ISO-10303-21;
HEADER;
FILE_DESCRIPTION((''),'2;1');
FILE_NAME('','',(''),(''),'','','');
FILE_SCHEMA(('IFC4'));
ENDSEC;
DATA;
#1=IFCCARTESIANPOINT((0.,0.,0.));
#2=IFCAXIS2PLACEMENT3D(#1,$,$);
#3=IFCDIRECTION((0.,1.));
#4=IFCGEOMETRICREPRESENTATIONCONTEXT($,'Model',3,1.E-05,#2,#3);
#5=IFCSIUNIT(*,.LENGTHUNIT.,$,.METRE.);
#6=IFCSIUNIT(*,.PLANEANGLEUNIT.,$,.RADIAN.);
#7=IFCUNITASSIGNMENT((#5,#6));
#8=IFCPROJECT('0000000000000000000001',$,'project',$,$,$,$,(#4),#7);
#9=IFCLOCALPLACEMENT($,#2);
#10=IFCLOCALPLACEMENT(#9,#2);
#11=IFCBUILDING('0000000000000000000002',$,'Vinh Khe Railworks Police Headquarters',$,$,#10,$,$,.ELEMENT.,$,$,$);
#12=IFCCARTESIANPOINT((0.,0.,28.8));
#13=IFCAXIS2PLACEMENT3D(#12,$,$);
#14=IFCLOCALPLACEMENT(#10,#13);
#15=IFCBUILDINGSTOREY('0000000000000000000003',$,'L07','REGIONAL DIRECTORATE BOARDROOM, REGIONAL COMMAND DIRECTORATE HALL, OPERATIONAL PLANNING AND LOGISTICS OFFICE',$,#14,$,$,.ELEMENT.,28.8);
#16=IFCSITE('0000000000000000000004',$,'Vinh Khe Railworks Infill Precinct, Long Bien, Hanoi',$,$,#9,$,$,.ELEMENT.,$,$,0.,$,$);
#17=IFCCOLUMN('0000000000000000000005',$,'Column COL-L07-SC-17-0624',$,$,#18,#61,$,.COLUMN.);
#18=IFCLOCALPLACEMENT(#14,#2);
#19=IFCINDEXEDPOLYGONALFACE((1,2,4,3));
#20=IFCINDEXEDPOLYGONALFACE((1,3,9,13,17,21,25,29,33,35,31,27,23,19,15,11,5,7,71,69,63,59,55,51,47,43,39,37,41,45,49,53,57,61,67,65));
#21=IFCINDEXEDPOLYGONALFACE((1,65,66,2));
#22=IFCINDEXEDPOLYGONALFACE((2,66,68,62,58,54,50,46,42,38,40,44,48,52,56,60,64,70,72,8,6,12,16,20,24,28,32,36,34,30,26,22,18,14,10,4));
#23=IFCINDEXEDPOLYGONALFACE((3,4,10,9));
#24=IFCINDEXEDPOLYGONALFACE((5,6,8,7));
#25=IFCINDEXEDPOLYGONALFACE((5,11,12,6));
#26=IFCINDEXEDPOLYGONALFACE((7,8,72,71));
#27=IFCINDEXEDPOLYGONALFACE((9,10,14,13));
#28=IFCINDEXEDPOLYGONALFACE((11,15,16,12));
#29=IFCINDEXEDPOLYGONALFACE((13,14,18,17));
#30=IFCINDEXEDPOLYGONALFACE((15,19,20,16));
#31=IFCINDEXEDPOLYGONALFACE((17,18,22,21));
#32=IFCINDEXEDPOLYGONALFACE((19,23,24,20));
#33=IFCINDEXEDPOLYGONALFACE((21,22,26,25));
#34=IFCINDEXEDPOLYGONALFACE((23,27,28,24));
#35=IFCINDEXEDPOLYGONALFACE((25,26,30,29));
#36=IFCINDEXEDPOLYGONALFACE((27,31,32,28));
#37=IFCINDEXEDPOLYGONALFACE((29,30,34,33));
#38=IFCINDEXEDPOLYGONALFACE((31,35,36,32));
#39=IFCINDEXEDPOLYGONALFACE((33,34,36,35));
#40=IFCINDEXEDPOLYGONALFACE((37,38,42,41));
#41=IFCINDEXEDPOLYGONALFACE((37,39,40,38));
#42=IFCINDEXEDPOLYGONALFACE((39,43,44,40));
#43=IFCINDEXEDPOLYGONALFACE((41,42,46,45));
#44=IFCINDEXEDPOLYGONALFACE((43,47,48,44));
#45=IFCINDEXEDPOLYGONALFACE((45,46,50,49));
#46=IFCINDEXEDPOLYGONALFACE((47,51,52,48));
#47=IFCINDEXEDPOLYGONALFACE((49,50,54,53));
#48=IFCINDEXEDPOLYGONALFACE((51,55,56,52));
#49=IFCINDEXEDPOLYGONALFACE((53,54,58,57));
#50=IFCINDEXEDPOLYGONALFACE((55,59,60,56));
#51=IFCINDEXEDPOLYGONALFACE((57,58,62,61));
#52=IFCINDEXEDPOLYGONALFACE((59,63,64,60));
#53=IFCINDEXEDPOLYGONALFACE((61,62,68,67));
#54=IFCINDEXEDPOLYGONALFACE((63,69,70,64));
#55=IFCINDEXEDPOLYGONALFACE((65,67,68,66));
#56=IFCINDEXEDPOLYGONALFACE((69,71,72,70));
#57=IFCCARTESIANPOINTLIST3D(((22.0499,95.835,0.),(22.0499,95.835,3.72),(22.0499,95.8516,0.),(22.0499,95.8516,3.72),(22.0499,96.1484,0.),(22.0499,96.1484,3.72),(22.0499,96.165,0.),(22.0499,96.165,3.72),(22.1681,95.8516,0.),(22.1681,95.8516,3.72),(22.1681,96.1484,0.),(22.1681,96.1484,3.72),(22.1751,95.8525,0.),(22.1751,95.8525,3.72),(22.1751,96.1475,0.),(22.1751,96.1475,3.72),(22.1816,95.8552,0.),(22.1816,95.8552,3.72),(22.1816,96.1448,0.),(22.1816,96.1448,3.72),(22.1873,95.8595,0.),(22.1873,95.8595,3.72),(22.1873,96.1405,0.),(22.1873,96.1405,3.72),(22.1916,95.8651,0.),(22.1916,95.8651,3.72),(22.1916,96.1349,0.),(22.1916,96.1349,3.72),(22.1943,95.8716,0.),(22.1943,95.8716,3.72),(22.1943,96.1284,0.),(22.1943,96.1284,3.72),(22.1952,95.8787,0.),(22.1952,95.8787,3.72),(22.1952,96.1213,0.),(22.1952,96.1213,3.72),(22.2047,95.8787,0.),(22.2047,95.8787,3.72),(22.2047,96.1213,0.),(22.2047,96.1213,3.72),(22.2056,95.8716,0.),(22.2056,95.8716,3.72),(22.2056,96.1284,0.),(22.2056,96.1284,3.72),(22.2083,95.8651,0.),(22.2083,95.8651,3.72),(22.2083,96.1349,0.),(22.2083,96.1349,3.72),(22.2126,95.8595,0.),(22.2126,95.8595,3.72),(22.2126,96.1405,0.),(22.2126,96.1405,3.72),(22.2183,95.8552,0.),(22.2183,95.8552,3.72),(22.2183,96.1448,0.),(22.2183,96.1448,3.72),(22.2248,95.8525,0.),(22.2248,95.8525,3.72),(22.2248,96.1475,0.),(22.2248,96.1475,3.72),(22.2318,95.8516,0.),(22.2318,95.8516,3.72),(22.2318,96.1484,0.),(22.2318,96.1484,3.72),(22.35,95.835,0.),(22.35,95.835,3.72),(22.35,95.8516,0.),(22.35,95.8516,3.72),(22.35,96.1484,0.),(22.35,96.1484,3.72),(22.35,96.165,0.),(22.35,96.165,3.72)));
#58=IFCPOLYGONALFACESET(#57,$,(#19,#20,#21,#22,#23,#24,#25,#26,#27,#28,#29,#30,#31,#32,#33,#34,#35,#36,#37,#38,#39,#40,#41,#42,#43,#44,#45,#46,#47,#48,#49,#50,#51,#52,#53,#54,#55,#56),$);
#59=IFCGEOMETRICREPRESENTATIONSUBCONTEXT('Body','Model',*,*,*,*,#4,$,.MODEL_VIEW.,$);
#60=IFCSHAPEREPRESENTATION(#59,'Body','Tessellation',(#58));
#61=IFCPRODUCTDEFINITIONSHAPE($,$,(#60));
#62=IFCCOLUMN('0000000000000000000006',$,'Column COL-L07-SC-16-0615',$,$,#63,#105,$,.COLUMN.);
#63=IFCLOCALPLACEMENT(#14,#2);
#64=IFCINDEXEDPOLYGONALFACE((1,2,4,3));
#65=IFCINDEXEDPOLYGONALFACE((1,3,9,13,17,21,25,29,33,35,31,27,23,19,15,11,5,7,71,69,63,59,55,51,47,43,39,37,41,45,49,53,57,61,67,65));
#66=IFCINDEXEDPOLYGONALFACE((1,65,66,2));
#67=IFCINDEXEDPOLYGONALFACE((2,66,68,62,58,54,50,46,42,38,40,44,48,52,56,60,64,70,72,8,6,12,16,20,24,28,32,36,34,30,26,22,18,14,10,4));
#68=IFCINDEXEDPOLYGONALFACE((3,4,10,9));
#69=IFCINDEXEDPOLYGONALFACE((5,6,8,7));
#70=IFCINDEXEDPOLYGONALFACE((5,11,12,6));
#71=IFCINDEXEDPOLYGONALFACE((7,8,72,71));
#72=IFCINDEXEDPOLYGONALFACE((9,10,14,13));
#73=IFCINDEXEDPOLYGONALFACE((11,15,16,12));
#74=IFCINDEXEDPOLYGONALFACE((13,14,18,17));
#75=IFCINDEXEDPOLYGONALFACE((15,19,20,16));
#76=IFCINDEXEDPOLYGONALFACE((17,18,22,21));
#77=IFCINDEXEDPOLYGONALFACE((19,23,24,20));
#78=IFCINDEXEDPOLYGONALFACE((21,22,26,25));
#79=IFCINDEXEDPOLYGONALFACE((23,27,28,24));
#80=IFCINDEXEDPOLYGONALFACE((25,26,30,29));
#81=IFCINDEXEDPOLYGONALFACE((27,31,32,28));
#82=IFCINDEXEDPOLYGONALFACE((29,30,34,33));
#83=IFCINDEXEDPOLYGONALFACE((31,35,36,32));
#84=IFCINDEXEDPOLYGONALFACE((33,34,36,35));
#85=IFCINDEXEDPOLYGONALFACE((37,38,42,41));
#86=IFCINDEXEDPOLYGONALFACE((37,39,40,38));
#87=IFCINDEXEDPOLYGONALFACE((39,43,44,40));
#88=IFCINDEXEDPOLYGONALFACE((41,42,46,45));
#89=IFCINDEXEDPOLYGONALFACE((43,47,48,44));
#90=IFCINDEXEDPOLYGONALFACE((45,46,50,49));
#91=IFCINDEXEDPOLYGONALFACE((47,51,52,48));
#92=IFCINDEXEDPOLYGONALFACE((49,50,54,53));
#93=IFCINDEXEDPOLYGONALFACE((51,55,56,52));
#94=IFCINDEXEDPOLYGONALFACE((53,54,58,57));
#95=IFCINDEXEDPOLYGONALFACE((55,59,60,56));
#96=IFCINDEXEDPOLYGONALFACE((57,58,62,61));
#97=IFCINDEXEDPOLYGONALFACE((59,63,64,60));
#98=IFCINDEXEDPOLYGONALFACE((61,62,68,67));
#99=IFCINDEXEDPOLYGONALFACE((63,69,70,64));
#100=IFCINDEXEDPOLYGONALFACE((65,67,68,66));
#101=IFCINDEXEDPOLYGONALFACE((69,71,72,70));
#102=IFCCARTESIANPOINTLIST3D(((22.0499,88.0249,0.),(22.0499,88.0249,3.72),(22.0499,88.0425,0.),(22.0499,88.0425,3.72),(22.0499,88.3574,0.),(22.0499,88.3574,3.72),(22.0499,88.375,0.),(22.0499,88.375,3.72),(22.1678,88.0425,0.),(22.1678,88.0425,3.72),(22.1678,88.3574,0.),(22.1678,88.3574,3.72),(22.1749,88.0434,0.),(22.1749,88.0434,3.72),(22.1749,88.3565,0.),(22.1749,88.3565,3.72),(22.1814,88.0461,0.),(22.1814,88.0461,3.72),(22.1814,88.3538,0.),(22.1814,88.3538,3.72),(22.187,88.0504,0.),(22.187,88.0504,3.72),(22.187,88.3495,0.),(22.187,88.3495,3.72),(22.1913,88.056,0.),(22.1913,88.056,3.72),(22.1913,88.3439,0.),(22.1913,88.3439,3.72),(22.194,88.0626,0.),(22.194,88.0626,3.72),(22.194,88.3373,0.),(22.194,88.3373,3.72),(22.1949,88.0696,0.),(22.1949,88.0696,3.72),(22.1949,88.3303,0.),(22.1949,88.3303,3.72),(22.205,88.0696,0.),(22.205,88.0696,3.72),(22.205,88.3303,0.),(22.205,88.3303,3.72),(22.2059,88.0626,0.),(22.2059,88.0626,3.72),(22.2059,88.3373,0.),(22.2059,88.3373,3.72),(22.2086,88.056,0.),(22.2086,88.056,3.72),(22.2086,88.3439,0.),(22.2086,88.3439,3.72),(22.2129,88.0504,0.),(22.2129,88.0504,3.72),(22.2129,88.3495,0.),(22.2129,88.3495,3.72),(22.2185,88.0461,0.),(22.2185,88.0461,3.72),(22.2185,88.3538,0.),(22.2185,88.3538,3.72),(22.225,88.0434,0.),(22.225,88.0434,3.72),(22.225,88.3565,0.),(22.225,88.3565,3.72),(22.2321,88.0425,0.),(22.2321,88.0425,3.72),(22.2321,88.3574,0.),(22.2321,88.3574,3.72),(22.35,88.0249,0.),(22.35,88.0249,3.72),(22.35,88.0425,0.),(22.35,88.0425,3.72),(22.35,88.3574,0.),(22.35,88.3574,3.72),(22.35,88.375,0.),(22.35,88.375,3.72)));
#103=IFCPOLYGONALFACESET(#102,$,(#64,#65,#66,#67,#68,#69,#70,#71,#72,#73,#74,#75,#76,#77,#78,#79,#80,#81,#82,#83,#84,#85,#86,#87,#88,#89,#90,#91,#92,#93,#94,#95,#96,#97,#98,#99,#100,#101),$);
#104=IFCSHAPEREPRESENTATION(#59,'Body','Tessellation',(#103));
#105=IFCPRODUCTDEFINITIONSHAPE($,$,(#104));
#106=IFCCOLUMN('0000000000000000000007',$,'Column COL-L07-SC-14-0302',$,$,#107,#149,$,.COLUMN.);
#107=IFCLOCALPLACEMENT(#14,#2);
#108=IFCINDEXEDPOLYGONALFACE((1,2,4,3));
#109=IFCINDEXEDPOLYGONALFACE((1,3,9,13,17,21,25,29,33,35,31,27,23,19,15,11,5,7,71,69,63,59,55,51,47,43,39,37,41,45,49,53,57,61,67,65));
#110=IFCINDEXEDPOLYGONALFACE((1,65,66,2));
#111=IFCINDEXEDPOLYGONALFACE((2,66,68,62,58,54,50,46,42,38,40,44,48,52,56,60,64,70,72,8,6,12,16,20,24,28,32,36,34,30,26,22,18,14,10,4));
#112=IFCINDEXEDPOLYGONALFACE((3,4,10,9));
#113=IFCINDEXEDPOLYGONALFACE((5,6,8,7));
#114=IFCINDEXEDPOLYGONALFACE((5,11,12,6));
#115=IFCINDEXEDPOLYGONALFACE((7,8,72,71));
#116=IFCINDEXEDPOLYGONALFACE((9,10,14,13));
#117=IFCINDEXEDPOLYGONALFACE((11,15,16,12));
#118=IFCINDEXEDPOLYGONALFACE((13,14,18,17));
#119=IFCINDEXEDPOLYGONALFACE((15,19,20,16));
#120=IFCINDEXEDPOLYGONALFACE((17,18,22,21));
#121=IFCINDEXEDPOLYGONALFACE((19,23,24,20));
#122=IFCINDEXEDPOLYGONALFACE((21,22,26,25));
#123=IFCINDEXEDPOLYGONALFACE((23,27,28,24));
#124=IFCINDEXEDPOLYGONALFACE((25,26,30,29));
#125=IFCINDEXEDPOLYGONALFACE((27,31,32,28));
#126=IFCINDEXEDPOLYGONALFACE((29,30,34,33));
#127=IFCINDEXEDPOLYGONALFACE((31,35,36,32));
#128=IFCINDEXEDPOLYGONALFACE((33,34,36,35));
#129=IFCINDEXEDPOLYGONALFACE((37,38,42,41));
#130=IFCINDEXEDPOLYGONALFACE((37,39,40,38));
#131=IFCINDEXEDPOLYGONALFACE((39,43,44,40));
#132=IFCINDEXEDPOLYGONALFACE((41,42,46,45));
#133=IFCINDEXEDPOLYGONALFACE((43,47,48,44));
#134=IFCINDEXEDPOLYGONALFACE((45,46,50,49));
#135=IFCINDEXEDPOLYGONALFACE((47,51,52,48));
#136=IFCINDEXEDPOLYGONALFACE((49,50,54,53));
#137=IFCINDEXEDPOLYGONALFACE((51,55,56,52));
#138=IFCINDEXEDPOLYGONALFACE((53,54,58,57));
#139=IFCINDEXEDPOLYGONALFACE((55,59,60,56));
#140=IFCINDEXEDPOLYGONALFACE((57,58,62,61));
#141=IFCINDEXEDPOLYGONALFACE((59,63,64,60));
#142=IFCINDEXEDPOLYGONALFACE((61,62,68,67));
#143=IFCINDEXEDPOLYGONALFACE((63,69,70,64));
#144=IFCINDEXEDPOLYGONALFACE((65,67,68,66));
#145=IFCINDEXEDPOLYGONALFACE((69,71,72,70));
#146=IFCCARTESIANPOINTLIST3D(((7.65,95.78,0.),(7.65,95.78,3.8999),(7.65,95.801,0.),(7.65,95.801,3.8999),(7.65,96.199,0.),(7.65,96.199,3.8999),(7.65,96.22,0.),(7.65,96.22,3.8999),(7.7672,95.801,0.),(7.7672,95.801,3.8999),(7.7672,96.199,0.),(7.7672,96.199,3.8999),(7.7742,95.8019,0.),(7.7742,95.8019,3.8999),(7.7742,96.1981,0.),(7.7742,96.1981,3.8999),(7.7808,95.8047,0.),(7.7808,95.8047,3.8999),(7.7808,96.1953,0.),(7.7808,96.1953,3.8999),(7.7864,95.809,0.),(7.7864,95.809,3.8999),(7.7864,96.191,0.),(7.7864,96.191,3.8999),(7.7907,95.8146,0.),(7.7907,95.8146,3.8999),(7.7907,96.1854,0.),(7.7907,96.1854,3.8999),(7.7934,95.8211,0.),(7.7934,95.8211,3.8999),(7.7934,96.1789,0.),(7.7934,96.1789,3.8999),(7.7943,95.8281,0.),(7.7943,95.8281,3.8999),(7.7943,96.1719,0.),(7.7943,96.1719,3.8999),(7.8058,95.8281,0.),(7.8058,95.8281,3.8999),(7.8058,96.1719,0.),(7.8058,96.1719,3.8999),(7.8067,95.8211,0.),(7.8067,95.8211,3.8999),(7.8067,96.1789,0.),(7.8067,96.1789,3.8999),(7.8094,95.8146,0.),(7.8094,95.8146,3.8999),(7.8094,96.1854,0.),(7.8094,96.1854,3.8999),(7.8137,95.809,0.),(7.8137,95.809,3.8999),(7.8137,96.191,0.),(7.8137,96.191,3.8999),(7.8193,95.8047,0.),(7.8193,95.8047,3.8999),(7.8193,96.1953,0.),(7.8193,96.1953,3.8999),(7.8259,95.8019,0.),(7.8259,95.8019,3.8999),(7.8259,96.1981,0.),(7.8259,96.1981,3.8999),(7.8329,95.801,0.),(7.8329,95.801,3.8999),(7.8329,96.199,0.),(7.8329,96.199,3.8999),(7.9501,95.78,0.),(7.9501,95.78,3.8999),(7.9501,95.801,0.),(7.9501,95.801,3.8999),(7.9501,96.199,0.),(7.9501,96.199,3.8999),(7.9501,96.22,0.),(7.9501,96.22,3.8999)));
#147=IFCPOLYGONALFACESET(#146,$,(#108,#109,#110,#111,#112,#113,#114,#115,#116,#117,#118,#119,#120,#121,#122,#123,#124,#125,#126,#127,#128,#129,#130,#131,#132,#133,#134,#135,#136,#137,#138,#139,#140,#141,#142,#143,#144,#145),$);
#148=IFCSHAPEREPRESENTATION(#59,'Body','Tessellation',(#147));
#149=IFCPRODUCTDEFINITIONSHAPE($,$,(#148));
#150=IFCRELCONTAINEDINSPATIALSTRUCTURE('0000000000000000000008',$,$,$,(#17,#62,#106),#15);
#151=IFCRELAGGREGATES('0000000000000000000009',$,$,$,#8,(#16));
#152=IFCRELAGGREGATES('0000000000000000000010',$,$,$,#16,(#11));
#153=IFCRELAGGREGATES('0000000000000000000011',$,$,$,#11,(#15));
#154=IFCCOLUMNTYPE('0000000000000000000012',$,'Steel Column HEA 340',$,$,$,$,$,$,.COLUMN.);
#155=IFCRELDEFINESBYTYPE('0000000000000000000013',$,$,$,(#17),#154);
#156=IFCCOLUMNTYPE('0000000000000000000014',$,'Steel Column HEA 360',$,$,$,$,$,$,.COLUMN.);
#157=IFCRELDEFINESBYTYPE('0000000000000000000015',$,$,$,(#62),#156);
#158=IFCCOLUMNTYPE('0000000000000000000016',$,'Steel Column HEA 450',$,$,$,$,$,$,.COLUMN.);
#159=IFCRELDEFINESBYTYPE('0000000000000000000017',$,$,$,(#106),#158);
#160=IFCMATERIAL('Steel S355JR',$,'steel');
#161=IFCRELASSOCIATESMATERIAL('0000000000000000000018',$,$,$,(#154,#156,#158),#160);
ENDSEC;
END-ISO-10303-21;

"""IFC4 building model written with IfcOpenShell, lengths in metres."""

from ifc_helpers import new_model, si_unit, direction, frame, origin, origin_2d, place, context, subcontext, project, spatial, i_section, extrude, material, material_profile, profile_set, type_object, element, save


model = new_model("IFC4")

# Units and contexts
model_context = context("Model", 3, precision=1e-05, world=origin(), true_north=direction((0.0, 1.0)))
body_context = subcontext(model_context, "Body", "Model", "MODEL_VIEW")
ifc_project = project(units=[si_unit("LENGTHUNIT", "METRE"), si_unit("PLANEANGLEUNIT", "RADIAN")], contexts=[model_context])

# Site, building, storey
site_placement = place(None, origin())
site = spatial("IfcSite", under=ifc_project, at=site_placement, Name="Vinh Khe Railworks Infill Precinct, Long Bien, Hanoi", CompositionType="ELEMENT", RefElevation=0.0)
building_placement = place(site_placement, origin())
building = spatial("IfcBuilding", under=site, at=building_placement, Name="Vinh Khe Railworks Police Headquarters", CompositionType="ELEMENT")
storey_placement = place(building_placement, frame((0.0, 0.0, 28.8)))
storey = spatial("IfcBuildingStorey", under=building, at=storey_placement, Name="L07", Description="REGIONAL DIRECTORATE BOARDROOM, REGIONAL COMMAND DIRECTORATE HALL, OPERATIONAL PLANNING AND LOGISTICS OFFICE", CompositionType="ELEMENT", Elevation=28.8)

# Columns
ifc_material_1 = material(Name="Steel S355JR", Category="steel")
ifc_material_profile_1 = material_profile(ifc_material_1, i_section(OverallWidth=0.3, OverallDepth=0.3301, WebThickness=0.0095, FlangeThickness=0.0166, FilletRadius=0.0271, at=origin_2d()), Name="HEA 340")
ifc_profile_set_1 = profile_set([ifc_material_profile_1], Name="Steel S355JR")
column_type_1 = type_object("IfcColumnType", Name="Steel Column HEA 340", PredefinedType="COLUMN", material=ifc_profile_set_1)
column_1_placement = place(storey_placement, frame((22.2, 96.0, 0.0), z_axis=(0.0, 0.0, 1.0), x_axis=(1.0, 0.0, 0.0)))
element("IfcColumn", 1, at=column_1_placement, inside=storey, type_object=column_type_1, Name="Column COL-L07-SC-17-0624", PredefinedType="COLUMN", context=body_context, shape_type="SweptSolid", body=[
    extrude(i_section(OverallWidth=0.3, OverallDepth=0.3301, WebThickness=0.0095, FlangeThickness=0.0166, FilletRadius=0.0271, at=origin_2d()), origin(), (0.0, 0.0, 1.0), 3.72),
])
ifc_material_profile_2 = material_profile(ifc_material_1, i_section(OverallWidth=0.3, OverallDepth=0.3501, WebThickness=0.01, FlangeThickness=0.0176, FilletRadius=0.0271, at=origin_2d()), Name="HEA 360")
ifc_profile_set_2 = profile_set([ifc_material_profile_2], Name="Steel S355JR")
column_type_2 = type_object("IfcColumnType", Name="Steel Column HEA 360", PredefinedType="COLUMN", material=ifc_profile_set_2)
column_2_placement = place(storey_placement, frame((22.2, 88.2, 0.0), z_axis=(0.0, 0.0, 1.0), x_axis=(1.0, 0.0, 0.0)))
element("IfcColumn", 2, at=column_2_placement, inside=storey, type_object=column_type_2, Name="Column COL-L07-SC-16-0615", PredefinedType="COLUMN", context=body_context, shape_type="SweptSolid", body=[
    extrude(i_section(OverallWidth=0.3, OverallDepth=0.3501, WebThickness=0.01, FlangeThickness=0.0176, FilletRadius=0.0271, at=origin_2d()), origin(), (0.0, 0.0, 1.0), 3.72),
])
ifc_material_profile_3 = material_profile(ifc_material_1, i_section(OverallWidth=0.3, OverallDepth=0.4399, WebThickness=0.0115, FlangeThickness=0.021, FilletRadius=0.0271, at=origin_2d()), Name="HEA 450")
ifc_profile_set_3 = profile_set([ifc_material_profile_3], Name="Steel S355JR")
column_type_3 = type_object("IfcColumnType", Name="Steel Column HEA 450", PredefinedType="COLUMN", material=ifc_profile_set_3)
column_3_placement = place(storey_placement, frame((7.8, 96.0, 0.0), z_axis=(0.0, 0.0, 1.0), x_axis=(1.0, 0.0, 0.0)))
element("IfcColumn", 3, at=column_3_placement, inside=storey, type_object=column_type_3, Name="Column COL-L07-SC-14-0302", PredefinedType="COLUMN", context=body_context, shape_type="SweptSolid", body=[
    extrude(i_section(OverallWidth=0.3, OverallDepth=0.4399, WebThickness=0.0115, FlangeThickness=0.021, FilletRadius=0.0271, at=origin_2d()), origin(), (0.0, 0.0, 1.0), 3.8999),
])

save(model, "model.ifc")
